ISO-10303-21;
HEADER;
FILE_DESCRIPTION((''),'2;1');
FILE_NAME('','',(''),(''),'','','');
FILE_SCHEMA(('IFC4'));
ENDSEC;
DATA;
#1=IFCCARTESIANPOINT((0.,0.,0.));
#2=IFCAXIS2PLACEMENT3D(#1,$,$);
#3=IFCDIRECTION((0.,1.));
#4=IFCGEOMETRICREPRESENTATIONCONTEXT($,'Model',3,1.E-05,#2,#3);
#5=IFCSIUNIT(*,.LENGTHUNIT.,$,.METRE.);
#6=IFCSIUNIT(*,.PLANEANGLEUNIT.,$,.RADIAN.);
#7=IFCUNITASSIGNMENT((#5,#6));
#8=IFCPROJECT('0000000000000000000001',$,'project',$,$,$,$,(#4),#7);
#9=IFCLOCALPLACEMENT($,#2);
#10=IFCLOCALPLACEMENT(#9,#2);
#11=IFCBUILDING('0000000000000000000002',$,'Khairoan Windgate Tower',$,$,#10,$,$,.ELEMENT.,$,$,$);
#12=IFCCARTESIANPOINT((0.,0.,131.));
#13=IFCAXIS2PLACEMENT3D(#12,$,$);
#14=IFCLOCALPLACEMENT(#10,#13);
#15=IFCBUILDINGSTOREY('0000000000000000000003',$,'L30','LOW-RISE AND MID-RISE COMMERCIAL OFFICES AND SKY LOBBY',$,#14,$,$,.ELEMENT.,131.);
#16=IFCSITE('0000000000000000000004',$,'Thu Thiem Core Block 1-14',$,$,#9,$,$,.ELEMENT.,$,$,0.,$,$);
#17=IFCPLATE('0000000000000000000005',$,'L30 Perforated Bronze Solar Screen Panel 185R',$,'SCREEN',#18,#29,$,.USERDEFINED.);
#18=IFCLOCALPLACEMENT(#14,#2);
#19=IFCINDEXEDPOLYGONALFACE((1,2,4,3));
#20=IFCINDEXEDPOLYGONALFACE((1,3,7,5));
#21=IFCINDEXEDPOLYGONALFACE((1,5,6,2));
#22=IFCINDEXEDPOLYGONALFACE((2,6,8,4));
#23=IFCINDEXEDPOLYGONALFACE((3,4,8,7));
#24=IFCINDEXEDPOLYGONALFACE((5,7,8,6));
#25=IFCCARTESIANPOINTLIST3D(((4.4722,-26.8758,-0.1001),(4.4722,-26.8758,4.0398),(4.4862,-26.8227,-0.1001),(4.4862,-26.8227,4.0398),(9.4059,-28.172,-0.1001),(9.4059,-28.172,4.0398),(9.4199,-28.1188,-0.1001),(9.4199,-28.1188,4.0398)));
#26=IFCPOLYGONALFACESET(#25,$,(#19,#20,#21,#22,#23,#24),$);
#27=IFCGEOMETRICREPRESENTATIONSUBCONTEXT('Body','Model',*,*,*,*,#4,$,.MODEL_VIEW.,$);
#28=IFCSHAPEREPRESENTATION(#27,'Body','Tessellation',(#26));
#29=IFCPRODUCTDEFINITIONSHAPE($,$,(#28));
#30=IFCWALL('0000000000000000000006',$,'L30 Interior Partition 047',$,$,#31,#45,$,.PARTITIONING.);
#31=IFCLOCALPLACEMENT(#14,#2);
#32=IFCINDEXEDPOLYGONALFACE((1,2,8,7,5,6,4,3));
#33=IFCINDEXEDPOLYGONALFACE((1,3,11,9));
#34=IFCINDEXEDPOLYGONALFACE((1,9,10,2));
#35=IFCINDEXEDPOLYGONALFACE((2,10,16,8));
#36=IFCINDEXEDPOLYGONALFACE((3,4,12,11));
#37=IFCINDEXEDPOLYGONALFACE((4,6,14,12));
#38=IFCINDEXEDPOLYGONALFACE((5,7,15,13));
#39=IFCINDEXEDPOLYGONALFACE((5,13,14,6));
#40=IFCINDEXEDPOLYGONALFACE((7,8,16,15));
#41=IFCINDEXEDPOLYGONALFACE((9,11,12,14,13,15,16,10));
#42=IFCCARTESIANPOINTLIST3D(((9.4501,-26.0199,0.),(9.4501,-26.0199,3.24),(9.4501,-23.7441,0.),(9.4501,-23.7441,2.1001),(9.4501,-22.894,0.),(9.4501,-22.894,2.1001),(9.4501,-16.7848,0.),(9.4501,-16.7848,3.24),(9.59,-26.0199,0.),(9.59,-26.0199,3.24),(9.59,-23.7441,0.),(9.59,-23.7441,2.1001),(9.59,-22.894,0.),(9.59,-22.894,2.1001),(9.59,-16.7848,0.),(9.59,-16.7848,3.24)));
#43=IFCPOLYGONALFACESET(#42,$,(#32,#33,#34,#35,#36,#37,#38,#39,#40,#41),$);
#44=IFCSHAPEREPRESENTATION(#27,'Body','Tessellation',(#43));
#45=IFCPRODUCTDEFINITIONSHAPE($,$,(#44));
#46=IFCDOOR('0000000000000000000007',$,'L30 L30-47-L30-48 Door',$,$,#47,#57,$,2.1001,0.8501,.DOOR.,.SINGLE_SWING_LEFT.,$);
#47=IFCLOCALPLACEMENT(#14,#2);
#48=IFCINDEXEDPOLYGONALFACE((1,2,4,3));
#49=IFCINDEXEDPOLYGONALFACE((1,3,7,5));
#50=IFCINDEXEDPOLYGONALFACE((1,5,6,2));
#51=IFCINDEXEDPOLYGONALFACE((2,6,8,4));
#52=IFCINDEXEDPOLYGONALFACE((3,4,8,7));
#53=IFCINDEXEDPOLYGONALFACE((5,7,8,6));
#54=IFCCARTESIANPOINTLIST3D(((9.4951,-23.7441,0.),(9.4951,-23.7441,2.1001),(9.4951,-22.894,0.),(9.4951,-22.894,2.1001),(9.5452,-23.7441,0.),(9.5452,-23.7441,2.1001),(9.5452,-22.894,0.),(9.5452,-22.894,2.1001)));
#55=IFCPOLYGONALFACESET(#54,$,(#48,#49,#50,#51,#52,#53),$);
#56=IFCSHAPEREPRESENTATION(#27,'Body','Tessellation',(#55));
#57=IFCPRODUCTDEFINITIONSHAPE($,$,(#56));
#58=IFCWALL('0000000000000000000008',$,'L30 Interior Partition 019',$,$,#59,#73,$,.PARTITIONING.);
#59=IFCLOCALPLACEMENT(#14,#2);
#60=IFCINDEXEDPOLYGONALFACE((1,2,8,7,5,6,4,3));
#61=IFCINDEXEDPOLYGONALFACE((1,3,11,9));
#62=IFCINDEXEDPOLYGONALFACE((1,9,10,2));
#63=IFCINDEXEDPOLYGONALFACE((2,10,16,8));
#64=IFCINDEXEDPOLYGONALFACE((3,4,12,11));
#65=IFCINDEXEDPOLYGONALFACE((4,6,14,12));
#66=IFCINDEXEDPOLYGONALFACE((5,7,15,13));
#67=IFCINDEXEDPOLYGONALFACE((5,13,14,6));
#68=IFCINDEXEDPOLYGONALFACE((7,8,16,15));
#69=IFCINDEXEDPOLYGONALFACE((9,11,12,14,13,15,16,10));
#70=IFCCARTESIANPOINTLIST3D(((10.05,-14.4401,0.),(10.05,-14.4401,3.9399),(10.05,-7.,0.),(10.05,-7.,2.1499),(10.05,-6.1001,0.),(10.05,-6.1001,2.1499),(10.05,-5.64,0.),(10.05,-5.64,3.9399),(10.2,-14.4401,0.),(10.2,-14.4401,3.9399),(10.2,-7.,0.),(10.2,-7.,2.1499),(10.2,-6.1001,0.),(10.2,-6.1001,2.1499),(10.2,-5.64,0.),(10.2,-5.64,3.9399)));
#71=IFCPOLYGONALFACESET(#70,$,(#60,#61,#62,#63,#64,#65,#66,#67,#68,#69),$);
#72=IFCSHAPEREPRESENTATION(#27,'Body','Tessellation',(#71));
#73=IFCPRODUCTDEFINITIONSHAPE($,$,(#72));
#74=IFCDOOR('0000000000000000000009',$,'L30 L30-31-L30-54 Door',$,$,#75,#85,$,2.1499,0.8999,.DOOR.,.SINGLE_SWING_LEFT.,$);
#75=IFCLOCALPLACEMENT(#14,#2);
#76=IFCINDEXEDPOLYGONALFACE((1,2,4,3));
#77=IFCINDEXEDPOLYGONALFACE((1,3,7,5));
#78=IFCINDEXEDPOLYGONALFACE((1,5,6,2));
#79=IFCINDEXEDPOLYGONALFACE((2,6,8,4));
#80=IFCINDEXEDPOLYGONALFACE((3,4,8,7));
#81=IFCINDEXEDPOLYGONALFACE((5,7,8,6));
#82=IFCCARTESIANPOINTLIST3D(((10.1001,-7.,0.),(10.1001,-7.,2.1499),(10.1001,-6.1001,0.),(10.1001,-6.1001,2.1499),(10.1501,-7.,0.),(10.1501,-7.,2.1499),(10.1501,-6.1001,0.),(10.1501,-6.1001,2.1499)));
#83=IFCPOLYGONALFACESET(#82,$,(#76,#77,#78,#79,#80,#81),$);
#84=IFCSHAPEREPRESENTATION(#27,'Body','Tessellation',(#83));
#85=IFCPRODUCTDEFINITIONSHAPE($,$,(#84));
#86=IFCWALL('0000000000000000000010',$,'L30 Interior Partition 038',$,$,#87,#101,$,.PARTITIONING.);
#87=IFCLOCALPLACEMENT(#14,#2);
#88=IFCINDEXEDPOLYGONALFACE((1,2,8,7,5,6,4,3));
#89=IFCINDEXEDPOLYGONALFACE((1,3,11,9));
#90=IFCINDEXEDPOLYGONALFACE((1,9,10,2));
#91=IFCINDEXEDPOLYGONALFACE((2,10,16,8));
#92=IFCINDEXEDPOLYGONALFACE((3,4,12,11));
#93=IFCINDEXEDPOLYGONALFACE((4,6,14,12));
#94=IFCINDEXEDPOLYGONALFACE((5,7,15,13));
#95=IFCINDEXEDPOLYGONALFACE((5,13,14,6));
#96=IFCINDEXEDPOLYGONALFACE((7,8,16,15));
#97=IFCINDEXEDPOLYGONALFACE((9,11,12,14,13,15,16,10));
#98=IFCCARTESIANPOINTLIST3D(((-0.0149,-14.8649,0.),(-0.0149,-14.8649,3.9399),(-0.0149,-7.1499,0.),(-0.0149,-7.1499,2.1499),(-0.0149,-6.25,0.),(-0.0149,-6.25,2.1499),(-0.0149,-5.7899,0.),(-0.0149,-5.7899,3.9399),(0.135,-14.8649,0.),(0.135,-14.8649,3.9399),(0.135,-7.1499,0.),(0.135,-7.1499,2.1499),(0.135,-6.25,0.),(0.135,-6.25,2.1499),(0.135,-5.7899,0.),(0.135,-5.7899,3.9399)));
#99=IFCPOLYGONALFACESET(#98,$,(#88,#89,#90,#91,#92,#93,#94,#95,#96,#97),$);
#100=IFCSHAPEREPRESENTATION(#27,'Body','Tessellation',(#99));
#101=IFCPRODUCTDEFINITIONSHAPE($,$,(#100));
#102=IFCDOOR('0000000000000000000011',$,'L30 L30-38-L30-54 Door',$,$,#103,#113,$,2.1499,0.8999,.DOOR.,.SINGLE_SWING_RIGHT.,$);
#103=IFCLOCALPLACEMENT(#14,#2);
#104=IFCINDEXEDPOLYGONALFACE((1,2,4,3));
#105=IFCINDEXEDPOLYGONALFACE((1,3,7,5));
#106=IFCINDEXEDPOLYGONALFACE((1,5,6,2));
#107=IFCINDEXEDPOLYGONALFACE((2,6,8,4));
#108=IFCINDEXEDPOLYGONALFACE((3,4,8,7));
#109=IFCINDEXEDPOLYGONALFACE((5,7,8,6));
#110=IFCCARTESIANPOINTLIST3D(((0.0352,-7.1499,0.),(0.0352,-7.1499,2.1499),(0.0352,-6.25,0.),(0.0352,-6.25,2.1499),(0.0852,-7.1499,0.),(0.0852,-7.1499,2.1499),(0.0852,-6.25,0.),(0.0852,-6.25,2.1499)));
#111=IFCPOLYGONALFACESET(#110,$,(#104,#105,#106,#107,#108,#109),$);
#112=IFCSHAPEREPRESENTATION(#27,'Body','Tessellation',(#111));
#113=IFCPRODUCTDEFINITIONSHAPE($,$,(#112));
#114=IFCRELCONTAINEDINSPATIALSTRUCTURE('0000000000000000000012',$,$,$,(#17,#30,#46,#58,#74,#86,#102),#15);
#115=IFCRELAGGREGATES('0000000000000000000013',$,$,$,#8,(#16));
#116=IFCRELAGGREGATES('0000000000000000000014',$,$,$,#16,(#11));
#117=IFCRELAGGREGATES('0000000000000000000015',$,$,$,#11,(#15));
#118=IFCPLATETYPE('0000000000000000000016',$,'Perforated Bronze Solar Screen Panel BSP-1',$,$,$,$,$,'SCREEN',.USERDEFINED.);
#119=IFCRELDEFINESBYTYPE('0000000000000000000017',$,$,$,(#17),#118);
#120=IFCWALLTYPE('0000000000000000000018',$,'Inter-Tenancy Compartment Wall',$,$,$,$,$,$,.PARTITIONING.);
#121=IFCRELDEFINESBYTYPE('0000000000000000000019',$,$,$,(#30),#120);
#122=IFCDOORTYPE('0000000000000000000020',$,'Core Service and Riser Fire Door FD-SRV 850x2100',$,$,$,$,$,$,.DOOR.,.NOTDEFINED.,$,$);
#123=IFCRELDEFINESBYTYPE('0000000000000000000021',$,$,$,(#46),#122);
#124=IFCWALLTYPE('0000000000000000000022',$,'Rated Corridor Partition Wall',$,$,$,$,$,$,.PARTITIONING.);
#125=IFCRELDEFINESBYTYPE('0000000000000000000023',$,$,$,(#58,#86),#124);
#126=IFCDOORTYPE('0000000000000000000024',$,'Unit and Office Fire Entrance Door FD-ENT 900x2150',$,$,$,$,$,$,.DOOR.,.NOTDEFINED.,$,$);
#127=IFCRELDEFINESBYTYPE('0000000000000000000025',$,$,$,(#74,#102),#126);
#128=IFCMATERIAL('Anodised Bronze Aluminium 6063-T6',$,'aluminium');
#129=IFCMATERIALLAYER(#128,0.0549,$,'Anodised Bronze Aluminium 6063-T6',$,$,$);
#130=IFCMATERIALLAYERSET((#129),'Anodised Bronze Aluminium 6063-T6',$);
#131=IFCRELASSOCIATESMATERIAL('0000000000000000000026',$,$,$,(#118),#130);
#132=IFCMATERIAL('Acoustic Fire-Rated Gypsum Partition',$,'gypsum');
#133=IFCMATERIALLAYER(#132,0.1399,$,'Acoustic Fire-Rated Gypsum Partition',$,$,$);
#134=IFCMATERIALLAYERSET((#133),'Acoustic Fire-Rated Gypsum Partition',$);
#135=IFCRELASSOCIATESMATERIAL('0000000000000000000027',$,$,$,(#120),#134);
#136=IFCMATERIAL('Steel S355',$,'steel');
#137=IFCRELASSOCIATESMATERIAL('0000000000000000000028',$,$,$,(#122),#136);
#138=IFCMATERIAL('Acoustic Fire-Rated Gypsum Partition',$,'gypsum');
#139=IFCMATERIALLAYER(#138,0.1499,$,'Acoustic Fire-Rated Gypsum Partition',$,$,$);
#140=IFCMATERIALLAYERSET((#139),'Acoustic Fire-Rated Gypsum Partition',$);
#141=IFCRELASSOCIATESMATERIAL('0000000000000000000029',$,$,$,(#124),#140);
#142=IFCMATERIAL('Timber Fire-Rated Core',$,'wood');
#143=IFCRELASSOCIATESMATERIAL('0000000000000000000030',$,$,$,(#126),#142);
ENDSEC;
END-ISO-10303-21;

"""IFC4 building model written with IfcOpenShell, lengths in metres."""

from ifc_helpers import new_model, si_unit, direction, frame, frame_2d, origin, origin_2d, place, context, subcontext, project, spatial, rectangle, extrude, material, layer, layer_set, type_object, element, fill, save


model = new_model("IFC4")

# Units and contexts
model_context = context("Model", 3, precision=1e-05, world=origin(), true_north=direction((0.0, 1.0)))
body_context = subcontext(model_context, "Body", "Model", "MODEL_VIEW")
ifc_project = project(units=[si_unit("LENGTHUNIT", "METRE"), si_unit("PLANEANGLEUNIT", "RADIAN")], contexts=[model_context])

# Site, building, storey
site_placement = place(None, origin())
site = spatial("IfcSite", under=ifc_project, at=site_placement, Name="Thu Thiem Core Block 1-14", CompositionType="ELEMENT", RefElevation=0.0)
building_placement = place(site_placement, origin())
building = spatial("IfcBuilding", under=site, at=building_placement, Name="Khairoan Windgate Tower", CompositionType="ELEMENT")
storey_placement = place(building_placement, frame((0.0, 0.0, 131.0)))
storey = spatial("IfcBuildingStorey", under=building, at=storey_placement, Name="L30", Description="LOW-RISE AND MID-RISE COMMERCIAL OFFICES AND SKY LOBBY", CompositionType="ELEMENT", Elevation=131.0)

# Plate
ifc_material_1 = material(Name="Anodised Bronze Aluminium 6063-T6", Category="aluminium")
ifc_layer_1 = layer(ifc_material_1, 0.0549, Name="Anodised Bronze Aluminium 6063-T6")
ifc_layer_set_1 = layer_set([ifc_layer_1], Name="Anodised Bronze Aluminium 6063-T6")
plate_type = type_object("IfcPlateType", Name="Perforated Bronze Solar Screen Panel BSP-1", ElementType="SCREEN", PredefinedType="USERDEFINED", material=ifc_layer_set_1)
plate_placement = place(storey_placement, frame((6.946, -27.4973, -0.1001), z_axis=(0.0, 0.0, 1.0), x_axis=(-0.967179, 0.254096, 0.0)))
element("IfcPlate", 1, at=plate_placement, inside=storey, type_object=plate_type, Name="L30 Perforated Bronze Solar Screen Panel 185R", ObjectType="SCREEN", PredefinedType="USERDEFINED", context=body_context, shape_type="SweptSolid", body=[
    extrude(rectangle(XDim=5.1011, YDim=0.0549, at=origin_2d()), origin(), (0.0, 0.0, 1.0), 4.1399),
])

# Walls, openings, doors
ifc_material_2 = material(Name="Acoustic Fire-Rated Gypsum Partition", Category="gypsum")
ifc_layer_2 = layer(ifc_material_2, 0.1399, Name="Acoustic Fire-Rated Gypsum Partition")
ifc_layer_set_2 = layer_set([ifc_layer_2], Name="Acoustic Fire-Rated Gypsum Partition")
wall_type_1 = type_object("IfcWallType", Name="Inter-Tenancy Compartment Wall", PredefinedType="PARTITIONING", material=ifc_layer_set_2)
wall_1_placement = place(storey_placement, frame((9.52, -26.02, 0.0), z_axis=(0.0, 0.0, 1.0), x_axis=(0.0, 1.0, 0.0)))
wall_1 = element("IfcWall", 2, at=wall_1_placement, inside=storey, type_object=wall_type_1, Name="L30 Interior Partition 047", PredefinedType="PARTITIONING", context=body_context, shape_type="SweptSolid", body=[
    extrude(rectangle(XDim=9.2351, YDim=0.1399, at=frame_2d((4.6177, 0.0))), origin(), (0.0, 0.0, 1.0), 3.24),
])
opening_1_placement = place(wall_1_placement, frame((2.2759, 0.0, 0.0)))
opening_1 = element("IfcOpeningElement", 3, at=opening_1_placement, cuts=wall_1, PredefinedType="OPENING", context=body_context, shape_type="SweptSolid", body=[
    extrude(rectangle(XDim=0.8501, YDim=2.1001, at=frame_2d((0.425, 1.05))), frame((0.0, 0.0798, 0.0), z_axis=(0.0, -1.0, 0.0), x_axis=(1.0, 0.0, 0.0)), (0.0, 0.0, 1.0), 0.1599),
])
ifc_material_3 = material(Name="Steel S355", Category="steel")
door_type_1 = type_object("IfcDoorType", Name="Core Service and Riser Fire Door FD-SRV 850x2100", OperationType="NOTDEFINED", PredefinedType="DOOR", material=ifc_material_3)
door_1_placement = place(opening_1_placement, origin())
door_1 = element("IfcDoor", 4, at=door_1_placement, inside=storey, type_object=door_type_1, Name="L30 L30-47-L30-48 Door", OperationType="SINGLE_SWING_LEFT", OverallHeight=2.1001, OverallWidth=0.8501, PredefinedType="DOOR", context=body_context, shape_type="SweptSolid", body=[
    extrude(rectangle(XDim=0.8501, YDim=2.1001, at=frame_2d((0.425, 1.05))), frame((0.0, 0.0249, 0.0), z_axis=(0.0, -1.0, 0.0), x_axis=(1.0, 0.0, 0.0)), (0.0, 0.0, 1.0), 0.05),
])
fill(opening_1, door_1)
ifc_material_4 = material(Name="Acoustic Fire-Rated Gypsum Partition", Category="gypsum")
ifc_layer_3 = layer(ifc_material_4, 0.1499, Name="Acoustic Fire-Rated Gypsum Partition")
ifc_layer_set_3 = layer_set([ifc_layer_3], Name="Acoustic Fire-Rated Gypsum Partition")
wall_type_2 = type_object("IfcWallType", Name="Rated Corridor Partition Wall", PredefinedType="PARTITIONING", material=ifc_layer_set_3)
wall_2_placement = place(storey_placement, frame((10.125, -14.4399, 0.0), z_axis=(0.0, 0.0, 1.0), x_axis=(0.0, 1.0, 0.0)))
wall_2 = element("IfcWall", 5, at=wall_2_placement, inside=storey, type_object=wall_type_2, Name="L30 Interior Partition 019", PredefinedType="PARTITIONING", context=body_context, shape_type="SweptSolid", body=[
    extrude(rectangle(XDim=8.8, YDim=0.1499, at=frame_2d((4.3999, 0.0))), origin(), (0.0, 0.0, 1.0), 3.9399),
])
opening_2_placement = place(wall_2_placement, frame((7.4399, 0.0, 0.0)))
opening_2 = element("IfcOpeningElement", 6, at=opening_2_placement, cuts=wall_2, PredefinedType="OPENING", context=body_context, shape_type="SweptSolid", body=[
    extrude(rectangle(XDim=0.8999, YDim=2.1499, at=frame_2d((0.45, 1.075))), frame((0.0, 0.085, 0.0), z_axis=(0.0, -1.0, 0.0), x_axis=(1.0, 0.0, 0.0)), (0.0, 0.0, 1.0), 0.1699),
])
ifc_material_5 = material(Name="Timber Fire-Rated Core", Category="wood")
door_type_2 = type_object("IfcDoorType", Name="Unit and Office Fire Entrance Door FD-ENT 900x2150", OperationType="NOTDEFINED", PredefinedType="DOOR", material=ifc_material_5)
door_2_placement = place(opening_2_placement, origin())
door_2 = element("IfcDoor", 7, at=door_2_placement, inside=storey, type_object=door_type_2, Name="L30 L30-31-L30-54 Door", OperationType="SINGLE_SWING_LEFT", OverallHeight=2.1499, OverallWidth=0.8999, PredefinedType="DOOR", context=body_context, shape_type="SweptSolid", body=[
    extrude(rectangle(XDim=0.8999, YDim=2.1499, at=frame_2d((0.45, 1.075))), frame((0.0, 0.0249, 0.0), z_axis=(0.0, -1.0, 0.0), x_axis=(1.0, 0.0, 0.0)), (0.0, 0.0, 1.0), 0.05),
])
fill(opening_2, door_2)
wall_3_placement = place(storey_placement, frame((0.0601, -14.865, 0.0), z_axis=(0.0, 0.0, 1.0), x_axis=(0.0, 1.0, 0.0)))
wall_3 = element("IfcWall", 8, at=wall_3_placement, inside=storey, type_object=wall_type_2, Name="L30 Interior Partition 038", PredefinedType="PARTITIONING", context=body_context, shape_type="SweptSolid", body=[
    extrude(rectangle(XDim=9.075, YDim=0.1499, at=frame_2d((4.5376, 0.0))), origin(), (0.0, 0.0, 1.0), 3.9399),
])
opening_3_placement = place(wall_3_placement, frame((7.7151, 0.0, 0.0)))
opening_3 = element("IfcOpeningElement", 9, at=opening_3_placement, cuts=wall_3, PredefinedType="OPENING", context=body_context, shape_type="SweptSolid", body=[
    extrude(rectangle(XDim=0.8999, YDim=2.1499, at=frame_2d((0.45, 1.075))), frame((0.0, 0.085, 0.0), z_axis=(0.0, -1.0, 0.0), x_axis=(1.0, 0.0, 0.0)), (0.0, 0.0, 1.0), 0.1699),
])
door_3_placement = place(opening_3_placement, origin())
door_3 = element("IfcDoor", 10, at=door_3_placement, inside=storey, type_object=door_type_2, Name="L30 L30-38-L30-54 Door", OperationType="SINGLE_SWING_RIGHT", OverallHeight=2.1499, OverallWidth=0.8999, PredefinedType="DOOR", context=body_context, shape_type="SweptSolid", body=[
    extrude(rectangle(XDim=0.8999, YDim=2.1499, at=frame_2d((0.45, 1.075))), frame((0.0, 0.0249, 0.0), z_axis=(0.0, -1.0, 0.0), x_axis=(1.0, 0.0, 0.0)), (0.0, 0.0, 1.0), 0.05),
])
fill(opening_3, door_3)

save(model, "model.ifc")
